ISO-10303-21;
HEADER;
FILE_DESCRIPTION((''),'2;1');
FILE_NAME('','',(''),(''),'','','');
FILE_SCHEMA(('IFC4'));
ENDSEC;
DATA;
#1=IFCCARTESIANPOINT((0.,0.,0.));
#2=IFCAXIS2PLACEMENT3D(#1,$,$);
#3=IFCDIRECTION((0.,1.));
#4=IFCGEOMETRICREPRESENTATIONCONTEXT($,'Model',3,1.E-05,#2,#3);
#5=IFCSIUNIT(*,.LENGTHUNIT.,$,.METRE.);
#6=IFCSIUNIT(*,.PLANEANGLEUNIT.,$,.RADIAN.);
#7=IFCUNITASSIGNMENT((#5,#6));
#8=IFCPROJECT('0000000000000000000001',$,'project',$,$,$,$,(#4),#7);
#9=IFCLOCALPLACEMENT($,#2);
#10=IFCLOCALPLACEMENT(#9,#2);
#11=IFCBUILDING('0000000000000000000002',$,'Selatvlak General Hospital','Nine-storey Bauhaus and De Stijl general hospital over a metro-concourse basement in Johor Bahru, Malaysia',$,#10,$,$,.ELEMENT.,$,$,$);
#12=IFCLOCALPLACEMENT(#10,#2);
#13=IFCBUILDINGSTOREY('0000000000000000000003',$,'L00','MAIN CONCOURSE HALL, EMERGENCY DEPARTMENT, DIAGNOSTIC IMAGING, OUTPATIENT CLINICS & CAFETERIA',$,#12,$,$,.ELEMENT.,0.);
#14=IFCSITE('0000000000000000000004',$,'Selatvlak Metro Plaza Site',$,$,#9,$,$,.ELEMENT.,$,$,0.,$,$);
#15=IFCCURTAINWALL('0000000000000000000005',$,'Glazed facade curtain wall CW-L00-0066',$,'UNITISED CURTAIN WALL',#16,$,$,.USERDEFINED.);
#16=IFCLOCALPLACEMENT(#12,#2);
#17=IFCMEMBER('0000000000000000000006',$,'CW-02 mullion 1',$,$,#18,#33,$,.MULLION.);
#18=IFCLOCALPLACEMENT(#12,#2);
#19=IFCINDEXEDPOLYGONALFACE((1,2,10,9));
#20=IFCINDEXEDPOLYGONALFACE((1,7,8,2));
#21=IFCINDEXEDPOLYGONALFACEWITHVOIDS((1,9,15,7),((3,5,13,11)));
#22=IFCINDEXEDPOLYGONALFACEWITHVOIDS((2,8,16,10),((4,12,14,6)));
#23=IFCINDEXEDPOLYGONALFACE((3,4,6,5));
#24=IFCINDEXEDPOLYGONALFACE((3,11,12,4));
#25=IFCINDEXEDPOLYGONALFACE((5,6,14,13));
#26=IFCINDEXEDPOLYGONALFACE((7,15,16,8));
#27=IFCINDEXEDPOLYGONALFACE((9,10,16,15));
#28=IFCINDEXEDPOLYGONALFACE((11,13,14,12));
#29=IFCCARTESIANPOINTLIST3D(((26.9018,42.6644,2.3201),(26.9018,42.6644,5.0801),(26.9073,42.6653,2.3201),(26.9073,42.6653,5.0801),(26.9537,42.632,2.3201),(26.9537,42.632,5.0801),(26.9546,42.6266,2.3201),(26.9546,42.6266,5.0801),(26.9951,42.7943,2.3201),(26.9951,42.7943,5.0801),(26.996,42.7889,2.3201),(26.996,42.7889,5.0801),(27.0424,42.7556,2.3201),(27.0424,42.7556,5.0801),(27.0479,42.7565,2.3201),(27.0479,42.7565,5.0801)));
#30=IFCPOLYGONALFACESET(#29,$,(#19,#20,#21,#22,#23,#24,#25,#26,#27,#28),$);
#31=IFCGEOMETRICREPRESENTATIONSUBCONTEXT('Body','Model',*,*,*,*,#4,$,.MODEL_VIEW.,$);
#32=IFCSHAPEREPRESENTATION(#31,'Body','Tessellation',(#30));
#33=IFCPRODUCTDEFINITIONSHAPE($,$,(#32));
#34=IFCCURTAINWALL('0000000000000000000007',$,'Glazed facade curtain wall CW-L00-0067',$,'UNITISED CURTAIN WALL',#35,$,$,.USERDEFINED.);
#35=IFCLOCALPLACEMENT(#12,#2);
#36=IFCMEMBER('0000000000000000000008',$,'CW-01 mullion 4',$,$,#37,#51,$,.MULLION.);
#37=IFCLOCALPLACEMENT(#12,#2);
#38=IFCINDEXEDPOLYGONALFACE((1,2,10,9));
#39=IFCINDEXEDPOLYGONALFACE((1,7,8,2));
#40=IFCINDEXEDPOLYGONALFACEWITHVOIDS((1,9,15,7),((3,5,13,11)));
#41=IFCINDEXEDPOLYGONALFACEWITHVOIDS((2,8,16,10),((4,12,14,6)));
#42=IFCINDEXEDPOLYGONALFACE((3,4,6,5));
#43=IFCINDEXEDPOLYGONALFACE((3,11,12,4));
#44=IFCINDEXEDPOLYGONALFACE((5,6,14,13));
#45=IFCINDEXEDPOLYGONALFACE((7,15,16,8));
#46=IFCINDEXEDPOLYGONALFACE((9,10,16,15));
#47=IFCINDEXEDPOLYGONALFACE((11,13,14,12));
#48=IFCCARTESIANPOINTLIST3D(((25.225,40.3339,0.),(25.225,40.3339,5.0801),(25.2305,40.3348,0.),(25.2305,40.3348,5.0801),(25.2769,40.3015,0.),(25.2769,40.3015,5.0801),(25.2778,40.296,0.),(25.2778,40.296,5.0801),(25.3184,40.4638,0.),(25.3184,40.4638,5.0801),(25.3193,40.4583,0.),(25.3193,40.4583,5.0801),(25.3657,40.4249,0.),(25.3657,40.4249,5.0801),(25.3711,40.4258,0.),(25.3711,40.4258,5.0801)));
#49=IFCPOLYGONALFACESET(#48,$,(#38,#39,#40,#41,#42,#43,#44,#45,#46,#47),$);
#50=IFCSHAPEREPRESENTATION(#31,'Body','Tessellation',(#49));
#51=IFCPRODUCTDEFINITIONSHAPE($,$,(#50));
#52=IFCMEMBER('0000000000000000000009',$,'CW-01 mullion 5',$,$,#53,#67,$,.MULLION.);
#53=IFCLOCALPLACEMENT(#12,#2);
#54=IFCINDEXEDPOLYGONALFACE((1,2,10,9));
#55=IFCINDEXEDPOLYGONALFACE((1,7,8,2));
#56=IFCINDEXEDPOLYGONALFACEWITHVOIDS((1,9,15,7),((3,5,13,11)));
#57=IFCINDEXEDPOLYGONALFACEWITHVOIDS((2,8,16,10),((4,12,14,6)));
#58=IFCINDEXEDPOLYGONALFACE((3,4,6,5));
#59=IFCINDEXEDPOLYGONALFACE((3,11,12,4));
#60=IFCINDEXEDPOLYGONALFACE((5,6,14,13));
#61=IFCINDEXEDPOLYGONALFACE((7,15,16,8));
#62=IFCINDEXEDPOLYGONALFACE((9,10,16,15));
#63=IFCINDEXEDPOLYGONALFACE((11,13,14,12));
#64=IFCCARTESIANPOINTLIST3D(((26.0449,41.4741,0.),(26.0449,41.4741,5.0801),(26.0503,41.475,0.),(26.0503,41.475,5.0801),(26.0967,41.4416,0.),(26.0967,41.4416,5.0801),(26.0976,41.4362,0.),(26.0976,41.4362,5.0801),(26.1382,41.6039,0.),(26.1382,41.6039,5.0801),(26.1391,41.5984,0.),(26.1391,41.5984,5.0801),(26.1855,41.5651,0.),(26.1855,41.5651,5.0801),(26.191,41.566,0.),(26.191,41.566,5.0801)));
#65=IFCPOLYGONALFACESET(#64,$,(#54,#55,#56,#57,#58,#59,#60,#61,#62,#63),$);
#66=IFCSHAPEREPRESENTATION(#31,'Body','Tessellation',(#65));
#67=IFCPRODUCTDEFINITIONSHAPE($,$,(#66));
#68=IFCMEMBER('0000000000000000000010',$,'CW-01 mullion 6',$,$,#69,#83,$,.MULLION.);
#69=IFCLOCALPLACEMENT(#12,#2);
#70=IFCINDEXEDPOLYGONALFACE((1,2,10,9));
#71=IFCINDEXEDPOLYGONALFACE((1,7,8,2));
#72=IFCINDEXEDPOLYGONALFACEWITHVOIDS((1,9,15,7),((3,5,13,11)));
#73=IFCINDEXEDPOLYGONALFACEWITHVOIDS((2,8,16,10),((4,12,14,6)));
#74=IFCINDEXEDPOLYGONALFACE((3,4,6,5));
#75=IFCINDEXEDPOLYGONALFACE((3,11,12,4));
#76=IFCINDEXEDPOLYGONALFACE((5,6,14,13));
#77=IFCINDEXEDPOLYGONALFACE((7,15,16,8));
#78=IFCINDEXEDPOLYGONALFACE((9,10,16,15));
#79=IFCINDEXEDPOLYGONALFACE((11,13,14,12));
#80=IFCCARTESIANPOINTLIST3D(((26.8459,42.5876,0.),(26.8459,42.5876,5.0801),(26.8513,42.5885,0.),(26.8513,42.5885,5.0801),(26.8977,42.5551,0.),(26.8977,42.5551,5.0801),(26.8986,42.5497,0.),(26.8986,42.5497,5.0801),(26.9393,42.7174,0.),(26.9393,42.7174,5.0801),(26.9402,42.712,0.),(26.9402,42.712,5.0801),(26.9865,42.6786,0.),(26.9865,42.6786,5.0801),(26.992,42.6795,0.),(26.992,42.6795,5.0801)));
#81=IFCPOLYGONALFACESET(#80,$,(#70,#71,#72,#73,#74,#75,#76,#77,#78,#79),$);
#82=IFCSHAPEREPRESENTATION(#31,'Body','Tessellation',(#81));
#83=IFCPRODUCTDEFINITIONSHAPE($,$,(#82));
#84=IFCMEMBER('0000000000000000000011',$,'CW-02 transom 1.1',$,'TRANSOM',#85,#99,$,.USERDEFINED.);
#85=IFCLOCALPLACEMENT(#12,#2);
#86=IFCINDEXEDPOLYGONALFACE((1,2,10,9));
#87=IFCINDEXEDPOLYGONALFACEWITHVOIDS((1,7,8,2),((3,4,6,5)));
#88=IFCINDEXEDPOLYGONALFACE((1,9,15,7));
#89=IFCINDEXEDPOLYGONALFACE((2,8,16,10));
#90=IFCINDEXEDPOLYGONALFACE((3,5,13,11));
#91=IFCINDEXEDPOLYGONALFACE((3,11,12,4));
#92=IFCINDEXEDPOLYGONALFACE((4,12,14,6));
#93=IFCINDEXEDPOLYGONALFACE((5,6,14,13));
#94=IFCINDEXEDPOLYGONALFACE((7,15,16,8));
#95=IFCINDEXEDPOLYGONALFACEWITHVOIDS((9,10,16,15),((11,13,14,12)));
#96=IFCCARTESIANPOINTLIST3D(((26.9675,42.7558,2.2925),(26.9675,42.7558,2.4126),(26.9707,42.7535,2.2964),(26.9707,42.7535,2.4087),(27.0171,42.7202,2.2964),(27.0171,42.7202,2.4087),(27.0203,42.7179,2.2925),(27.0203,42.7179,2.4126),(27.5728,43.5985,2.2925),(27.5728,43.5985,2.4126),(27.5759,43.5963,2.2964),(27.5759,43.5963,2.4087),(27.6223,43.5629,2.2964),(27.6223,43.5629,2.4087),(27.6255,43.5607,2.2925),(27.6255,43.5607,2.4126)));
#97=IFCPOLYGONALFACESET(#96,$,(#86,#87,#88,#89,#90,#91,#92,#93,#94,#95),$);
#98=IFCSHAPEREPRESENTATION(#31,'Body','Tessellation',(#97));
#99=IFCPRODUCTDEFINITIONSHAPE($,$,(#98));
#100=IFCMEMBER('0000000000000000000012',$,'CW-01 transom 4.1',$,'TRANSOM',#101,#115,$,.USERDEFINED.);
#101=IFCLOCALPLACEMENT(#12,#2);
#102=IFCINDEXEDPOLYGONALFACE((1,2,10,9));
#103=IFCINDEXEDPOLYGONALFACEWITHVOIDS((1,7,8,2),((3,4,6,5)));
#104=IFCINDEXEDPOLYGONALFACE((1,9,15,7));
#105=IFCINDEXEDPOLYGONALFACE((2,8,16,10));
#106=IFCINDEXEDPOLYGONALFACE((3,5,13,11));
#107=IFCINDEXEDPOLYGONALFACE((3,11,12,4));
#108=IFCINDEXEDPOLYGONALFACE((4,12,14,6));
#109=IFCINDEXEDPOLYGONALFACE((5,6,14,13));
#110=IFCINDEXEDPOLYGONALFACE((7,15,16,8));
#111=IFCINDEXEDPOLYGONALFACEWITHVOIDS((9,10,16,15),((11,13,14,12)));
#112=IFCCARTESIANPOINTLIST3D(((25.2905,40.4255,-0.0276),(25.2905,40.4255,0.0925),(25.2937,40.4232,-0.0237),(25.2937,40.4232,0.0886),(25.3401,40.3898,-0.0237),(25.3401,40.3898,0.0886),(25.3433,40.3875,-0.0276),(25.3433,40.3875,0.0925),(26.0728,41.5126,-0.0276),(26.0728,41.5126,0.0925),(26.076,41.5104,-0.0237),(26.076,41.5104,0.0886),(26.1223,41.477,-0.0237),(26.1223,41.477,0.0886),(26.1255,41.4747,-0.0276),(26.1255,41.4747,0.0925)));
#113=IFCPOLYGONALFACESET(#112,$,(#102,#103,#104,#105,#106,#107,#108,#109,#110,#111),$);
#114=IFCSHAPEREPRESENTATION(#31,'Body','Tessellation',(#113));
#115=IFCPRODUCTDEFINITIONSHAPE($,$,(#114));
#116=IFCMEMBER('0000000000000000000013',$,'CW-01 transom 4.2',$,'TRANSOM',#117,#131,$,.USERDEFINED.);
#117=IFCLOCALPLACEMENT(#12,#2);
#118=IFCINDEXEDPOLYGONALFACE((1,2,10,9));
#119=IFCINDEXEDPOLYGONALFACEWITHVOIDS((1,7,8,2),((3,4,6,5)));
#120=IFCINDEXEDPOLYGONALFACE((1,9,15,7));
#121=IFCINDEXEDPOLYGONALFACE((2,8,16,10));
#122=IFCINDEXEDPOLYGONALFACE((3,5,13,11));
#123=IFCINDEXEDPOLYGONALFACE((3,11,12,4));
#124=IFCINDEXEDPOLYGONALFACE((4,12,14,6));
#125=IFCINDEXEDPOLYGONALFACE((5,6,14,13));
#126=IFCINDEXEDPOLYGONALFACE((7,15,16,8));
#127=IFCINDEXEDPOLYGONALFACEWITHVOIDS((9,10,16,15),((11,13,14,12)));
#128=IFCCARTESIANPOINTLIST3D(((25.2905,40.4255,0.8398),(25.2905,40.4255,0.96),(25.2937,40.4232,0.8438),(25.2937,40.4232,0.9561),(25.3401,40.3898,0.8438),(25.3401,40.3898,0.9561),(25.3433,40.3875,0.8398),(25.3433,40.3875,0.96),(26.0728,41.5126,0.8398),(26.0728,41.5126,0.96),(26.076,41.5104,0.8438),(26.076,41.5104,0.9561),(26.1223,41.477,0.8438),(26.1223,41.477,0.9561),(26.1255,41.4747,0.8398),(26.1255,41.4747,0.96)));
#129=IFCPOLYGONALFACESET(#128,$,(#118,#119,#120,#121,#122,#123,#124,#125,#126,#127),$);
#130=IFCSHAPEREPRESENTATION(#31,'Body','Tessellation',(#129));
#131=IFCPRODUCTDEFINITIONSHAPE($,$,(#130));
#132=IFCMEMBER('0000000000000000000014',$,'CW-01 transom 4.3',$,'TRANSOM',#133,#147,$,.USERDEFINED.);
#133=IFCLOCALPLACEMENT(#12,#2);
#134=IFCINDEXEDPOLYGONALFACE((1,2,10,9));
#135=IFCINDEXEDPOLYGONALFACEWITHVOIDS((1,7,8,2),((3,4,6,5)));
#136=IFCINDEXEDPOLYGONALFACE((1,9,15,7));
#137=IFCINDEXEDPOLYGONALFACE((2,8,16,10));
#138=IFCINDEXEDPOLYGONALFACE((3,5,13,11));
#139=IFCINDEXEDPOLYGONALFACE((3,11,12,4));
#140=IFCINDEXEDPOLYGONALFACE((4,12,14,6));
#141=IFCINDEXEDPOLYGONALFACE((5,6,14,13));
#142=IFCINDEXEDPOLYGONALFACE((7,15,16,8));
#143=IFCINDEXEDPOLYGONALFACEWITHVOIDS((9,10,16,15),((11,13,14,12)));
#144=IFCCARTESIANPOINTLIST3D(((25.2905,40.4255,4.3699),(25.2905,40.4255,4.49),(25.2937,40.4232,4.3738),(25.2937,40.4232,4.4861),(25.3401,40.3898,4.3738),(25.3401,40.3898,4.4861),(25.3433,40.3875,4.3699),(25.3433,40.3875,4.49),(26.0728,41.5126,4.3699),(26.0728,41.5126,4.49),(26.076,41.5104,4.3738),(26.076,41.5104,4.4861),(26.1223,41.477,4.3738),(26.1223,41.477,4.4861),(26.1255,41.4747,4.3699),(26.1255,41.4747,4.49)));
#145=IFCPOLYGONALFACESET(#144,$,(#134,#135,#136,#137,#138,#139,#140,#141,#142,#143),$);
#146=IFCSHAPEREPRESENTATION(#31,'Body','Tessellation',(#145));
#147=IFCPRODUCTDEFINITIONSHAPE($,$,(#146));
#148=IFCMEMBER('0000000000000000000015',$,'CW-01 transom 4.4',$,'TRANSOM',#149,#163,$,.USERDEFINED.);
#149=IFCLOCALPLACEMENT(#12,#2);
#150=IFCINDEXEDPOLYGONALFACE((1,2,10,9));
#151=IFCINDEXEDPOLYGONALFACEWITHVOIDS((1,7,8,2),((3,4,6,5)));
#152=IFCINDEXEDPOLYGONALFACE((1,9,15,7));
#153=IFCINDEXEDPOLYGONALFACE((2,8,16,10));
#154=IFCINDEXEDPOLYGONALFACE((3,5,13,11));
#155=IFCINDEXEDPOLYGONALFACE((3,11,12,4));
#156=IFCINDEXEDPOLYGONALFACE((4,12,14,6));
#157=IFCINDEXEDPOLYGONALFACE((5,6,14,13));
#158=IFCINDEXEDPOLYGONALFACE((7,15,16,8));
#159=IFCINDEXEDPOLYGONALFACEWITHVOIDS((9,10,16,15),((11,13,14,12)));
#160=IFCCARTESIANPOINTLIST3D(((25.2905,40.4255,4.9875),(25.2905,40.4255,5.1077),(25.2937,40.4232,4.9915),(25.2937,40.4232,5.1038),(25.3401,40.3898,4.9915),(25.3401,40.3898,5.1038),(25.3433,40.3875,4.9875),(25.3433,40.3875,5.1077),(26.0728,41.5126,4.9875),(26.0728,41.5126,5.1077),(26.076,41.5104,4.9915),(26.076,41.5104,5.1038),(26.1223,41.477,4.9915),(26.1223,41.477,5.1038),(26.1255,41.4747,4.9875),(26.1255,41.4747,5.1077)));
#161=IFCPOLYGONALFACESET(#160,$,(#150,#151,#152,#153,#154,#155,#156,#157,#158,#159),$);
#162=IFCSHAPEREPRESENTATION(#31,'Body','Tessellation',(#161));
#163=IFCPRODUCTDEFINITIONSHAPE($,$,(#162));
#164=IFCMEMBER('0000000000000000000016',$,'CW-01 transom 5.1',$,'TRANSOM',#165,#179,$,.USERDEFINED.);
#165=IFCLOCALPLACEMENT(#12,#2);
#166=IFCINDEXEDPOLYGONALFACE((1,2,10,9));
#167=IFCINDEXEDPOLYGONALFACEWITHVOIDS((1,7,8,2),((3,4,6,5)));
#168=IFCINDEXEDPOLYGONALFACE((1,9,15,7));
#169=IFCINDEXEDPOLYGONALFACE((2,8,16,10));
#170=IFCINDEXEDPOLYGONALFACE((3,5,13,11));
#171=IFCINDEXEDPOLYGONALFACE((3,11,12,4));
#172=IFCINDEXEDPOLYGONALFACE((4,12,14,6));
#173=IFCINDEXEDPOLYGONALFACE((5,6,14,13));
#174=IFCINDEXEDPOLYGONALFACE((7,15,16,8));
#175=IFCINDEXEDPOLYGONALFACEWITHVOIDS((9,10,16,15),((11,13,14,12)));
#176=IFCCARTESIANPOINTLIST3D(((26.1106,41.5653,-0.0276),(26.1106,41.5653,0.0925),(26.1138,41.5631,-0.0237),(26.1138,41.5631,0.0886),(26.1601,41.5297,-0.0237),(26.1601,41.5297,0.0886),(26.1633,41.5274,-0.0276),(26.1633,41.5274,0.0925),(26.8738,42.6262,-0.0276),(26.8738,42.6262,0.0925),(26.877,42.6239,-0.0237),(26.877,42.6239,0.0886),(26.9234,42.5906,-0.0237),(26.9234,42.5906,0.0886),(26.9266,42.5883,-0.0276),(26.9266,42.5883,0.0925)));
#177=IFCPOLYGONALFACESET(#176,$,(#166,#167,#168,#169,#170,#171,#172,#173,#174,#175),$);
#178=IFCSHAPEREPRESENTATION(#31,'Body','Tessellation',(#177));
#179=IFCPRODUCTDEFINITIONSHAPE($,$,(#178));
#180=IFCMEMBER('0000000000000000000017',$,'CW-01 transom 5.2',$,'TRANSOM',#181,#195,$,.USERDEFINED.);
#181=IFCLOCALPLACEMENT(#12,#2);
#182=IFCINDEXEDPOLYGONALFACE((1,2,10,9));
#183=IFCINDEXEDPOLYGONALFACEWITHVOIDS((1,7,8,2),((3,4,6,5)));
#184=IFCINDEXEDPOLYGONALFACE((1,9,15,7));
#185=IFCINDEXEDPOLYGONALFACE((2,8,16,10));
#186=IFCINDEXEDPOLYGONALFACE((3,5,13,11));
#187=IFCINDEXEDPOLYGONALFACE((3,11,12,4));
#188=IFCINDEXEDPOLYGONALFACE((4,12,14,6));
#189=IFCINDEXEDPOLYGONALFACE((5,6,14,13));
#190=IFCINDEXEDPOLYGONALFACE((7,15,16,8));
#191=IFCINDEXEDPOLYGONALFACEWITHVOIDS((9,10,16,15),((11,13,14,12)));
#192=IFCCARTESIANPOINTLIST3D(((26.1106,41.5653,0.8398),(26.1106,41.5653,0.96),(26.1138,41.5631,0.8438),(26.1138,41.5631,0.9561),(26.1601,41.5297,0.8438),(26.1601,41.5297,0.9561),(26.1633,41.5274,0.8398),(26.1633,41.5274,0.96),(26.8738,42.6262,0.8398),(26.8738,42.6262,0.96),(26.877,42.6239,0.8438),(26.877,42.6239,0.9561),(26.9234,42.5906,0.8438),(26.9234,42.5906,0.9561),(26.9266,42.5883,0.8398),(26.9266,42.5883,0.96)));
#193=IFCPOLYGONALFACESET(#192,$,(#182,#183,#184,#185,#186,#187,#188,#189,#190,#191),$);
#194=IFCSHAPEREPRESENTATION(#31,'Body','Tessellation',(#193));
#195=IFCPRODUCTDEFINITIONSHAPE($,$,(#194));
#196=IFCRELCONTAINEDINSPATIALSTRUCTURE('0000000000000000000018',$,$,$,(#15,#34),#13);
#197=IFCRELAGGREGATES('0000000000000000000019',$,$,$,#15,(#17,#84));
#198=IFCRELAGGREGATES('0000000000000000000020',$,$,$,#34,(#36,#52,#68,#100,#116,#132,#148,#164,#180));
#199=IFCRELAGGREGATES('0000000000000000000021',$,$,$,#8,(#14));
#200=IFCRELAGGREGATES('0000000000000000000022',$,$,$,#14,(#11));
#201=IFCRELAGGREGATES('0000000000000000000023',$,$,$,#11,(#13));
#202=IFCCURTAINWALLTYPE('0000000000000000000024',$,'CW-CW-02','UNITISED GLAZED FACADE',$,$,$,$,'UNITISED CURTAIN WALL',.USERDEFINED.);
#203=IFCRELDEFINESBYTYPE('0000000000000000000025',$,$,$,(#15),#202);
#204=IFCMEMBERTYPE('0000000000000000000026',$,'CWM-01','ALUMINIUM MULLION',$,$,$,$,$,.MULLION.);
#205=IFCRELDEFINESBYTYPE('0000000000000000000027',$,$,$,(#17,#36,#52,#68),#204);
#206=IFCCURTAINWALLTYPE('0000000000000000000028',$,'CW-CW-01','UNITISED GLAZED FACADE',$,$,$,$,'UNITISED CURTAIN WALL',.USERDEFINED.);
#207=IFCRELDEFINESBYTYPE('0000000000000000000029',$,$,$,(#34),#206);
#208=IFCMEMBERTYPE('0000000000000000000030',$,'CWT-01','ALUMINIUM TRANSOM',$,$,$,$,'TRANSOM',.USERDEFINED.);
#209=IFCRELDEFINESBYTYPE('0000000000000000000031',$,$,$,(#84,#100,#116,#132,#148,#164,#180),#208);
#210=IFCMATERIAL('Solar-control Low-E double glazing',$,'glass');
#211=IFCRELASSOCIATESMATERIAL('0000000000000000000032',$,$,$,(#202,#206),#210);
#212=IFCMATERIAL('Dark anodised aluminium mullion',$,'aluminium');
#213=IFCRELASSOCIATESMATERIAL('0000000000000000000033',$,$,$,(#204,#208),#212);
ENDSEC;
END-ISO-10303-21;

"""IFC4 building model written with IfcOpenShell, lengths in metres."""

from ifc_helpers import new_model, si_unit, direction, frame, origin, origin_2d, place, context, subcontext, project, spatial, hollow_rectangle, extrude, material, material_profile, profile_set, type_object, element, aggregate, save


model = new_model("IFC4")

# Units and contexts
model_context = context("Model", 3, precision=1e-05, world=origin(), true_north=direction((0.0, 1.0)))
body_context = subcontext(model_context, "Body", "Model", "MODEL_VIEW")
ifc_project = project(units=[si_unit("LENGTHUNIT", "METRE"), si_unit("PLANEANGLEUNIT", "RADIAN")], contexts=[model_context])

# Site, building, storey
site_placement = place(None, origin())
site = spatial("IfcSite", under=ifc_project, at=site_placement, Name="Selatvlak Metro Plaza Site", CompositionType="ELEMENT", RefElevation=0.0)
building_placement = place(site_placement, origin())
building = spatial("IfcBuilding", under=site, at=building_placement, Name="Selatvlak General Hospital", Description="Nine-storey Bauhaus and De Stijl general hospital over a metro-concourse basement in Johor Bahru, Malaysia", CompositionType="ELEMENT")
storey_placement = place(building_placement, origin())
storey = spatial("IfcBuildingStorey", under=building, at=storey_placement, Name="L00", Description="MAIN CONCOURSE HALL, EMERGENCY DEPARTMENT, DIAGNOSTIC IMAGING, OUTPATIENT CLINICS & CAFETERIA", CompositionType="ELEMENT", Elevation=0.0)

# Curtain wall, member
ifc_material_1 = material(Name="Solar-control Low-E double glazing", Category="glass")
curtain_wall_type_1 = type_object("IfcCurtainWallType", Name="CW-CW-02", Description="UNITISED GLAZED FACADE", ElementType="UNITISED CURTAIN WALL", PredefinedType="USERDEFINED", material=ifc_material_1)
curtain_wall_1_placement = place(storey_placement, origin())
curtain_wall_1 = element("IfcCurtainWall", 1, at=curtain_wall_1_placement, inside=storey, type_object=curtain_wall_type_1, Name="Glazed facade curtain wall CW-L00-0066", ObjectType="UNITISED CURTAIN WALL", PredefinedType="USERDEFINED")
ifc_material_2 = material(Name="Dark anodised aluminium mullion", Category="aluminium")
ifc_material_profile_1 = material_profile(ifc_material_2, hollow_rectangle(XDim=0.0649, YDim=0.1599, WallThickness=0.0039, at=origin_2d()), Name="AL-MUL 65x160x4")
ifc_profile_set_1 = profile_set([ifc_material_profile_1], Name="Dark anodised aluminium mullion")
member_type_1 = type_object("IfcMemberType", Name="CWM-01", Description="ALUMINIUM MULLION", PredefinedType="MULLION", material=ifc_profile_set_1)
member_1_placement = place(storey_placement, frame((26.9749, 42.7104, 2.3201), z_axis=(0.0, 0.0, 1.0), x_axis=(-0.812302, 0.583237, 0.0)))
member_1 = element("IfcMember", 2, at=member_1_placement, type_object=member_type_1, Name="CW-02 mullion 1", PredefinedType="MULLION", context=body_context, shape_type="SweptSolid", body=[
    extrude(hollow_rectangle(XDim=0.0649, YDim=0.1599, WallThickness=0.0039, at=origin_2d()), origin(), (0.0, 0.0, 1.0), 2.76),
])

# Curtain wall, members
curtain_wall_type_2 = type_object("IfcCurtainWallType", Name="CW-CW-01", Description="UNITISED GLAZED FACADE", ElementType="UNITISED CURTAIN WALL", PredefinedType="USERDEFINED", material=ifc_material_1)
curtain_wall_2_placement = place(storey_placement, origin())
curtain_wall_2 = element("IfcCurtainWall", 3, at=curtain_wall_2_placement, inside=storey, type_object=curtain_wall_type_2, Name="Glazed facade curtain wall CW-L00-0067", ObjectType="UNITISED CURTAIN WALL", PredefinedType="USERDEFINED")
member_2_placement = place(storey_placement, frame((25.2981, 40.3799, 0.0), z_axis=(0.0, 0.0, 1.0), x_axis=(-0.811804, 0.583929, 0.0)))
member_2 = element("IfcMember", 4, at=member_2_placement, type_object=member_type_1, Name="CW-01 mullion 4", PredefinedType="MULLION", context=body_context, shape_type="SweptSolid", body=[
    extrude(hollow_rectangle(XDim=0.0649, YDim=0.1599, WallThickness=0.0039, at=origin_2d()), origin(), (0.0, 0.0, 1.0), 5.0801),
])
member_3_placement = place(storey_placement, frame((26.1179, 41.52, 0.0), z_axis=(0.0, 0.0, 1.0), x_axis=(-0.811804, 0.583929, 0.0)))
member_3 = element("IfcMember", 5, at=member_3_placement, type_object=member_type_1, Name="CW-01 mullion 5", PredefinedType="MULLION", context=body_context, shape_type="SweptSolid", body=[
    extrude(hollow_rectangle(XDim=0.0649, YDim=0.1599, WallThickness=0.0039, at=origin_2d()), origin(), (0.0, 0.0, 1.0), 5.0801),
])
member_4_placement = place(storey_placement, frame((26.9189, 42.6335, 0.0), z_axis=(0.0, 0.0, 1.0), x_axis=(-0.811804, 0.583929, 0.0)))
member_4 = element("IfcMember", 6, at=member_4_placement, type_object=member_type_1, Name="CW-01 mullion 6", PredefinedType="MULLION", context=body_context, shape_type="SweptSolid", body=[
    extrude(hollow_rectangle(XDim=0.0649, YDim=0.1599, WallThickness=0.0039, at=origin_2d()), origin(), (0.0, 0.0, 1.0), 5.0801),
])

# Members
ifc_material_profile_2 = material_profile(ifc_material_2, hollow_rectangle(XDim=0.0649, YDim=0.1201, WallThickness=0.0039, at=origin_2d()), Name="AL-TRN 65x120x4")
ifc_profile_set_2 = profile_set([ifc_material_profile_2], Name="Dark anodised aluminium mullion")
member_type_2 = type_object("IfcMemberType", Name="CWT-01", Description="ALUMINIUM TRANSOM", ElementType="TRANSOM", PredefinedType="USERDEFINED", material=ifc_profile_set_2)
member_5_placement = place(storey_placement, frame((26.9939, 42.7368, 2.3525), z_axis=(0.583306, 0.812252, 0.0), x_axis=(-0.812252, 0.583306, 0.0)))
member_5 = element("IfcMember", 7, at=member_5_placement, type_object=member_type_2, Name="CW-02 transom 1.1", ObjectType="TRANSOM", PredefinedType="USERDEFINED", context=body_context, shape_type="SweptSolid", body=[
    extrude(hollow_rectangle(XDim=0.0649, YDim=0.1201, WallThickness=0.0039, at=origin_2d()), origin(), (0.0, 0.0, 1.0), 1.0376),
])
aggregate(curtain_wall_1, [member_1, member_5])
member_6_placement = place(storey_placement, frame((25.3169, 40.4065, 0.0325), z_axis=(0.584045, 0.811721, 0.0), x_axis=(-0.811721, 0.584045, 0.0)))
member_6 = element("IfcMember", 8, at=member_6_placement, type_object=member_type_2, Name="CW-01 transom 4.1", ObjectType="TRANSOM", PredefinedType="USERDEFINED", context=body_context, shape_type="SweptSolid", body=[
    extrude(hollow_rectangle(XDim=0.0649, YDim=0.1201, WallThickness=0.0039, at=origin_2d()), origin(), (0.0, 0.0, 1.0), 1.3394),
])
member_7_placement = place(storey_placement, frame((25.3169, 40.4065, 0.8999), z_axis=(0.584045, 0.811721, 0.0), x_axis=(-0.811721, 0.584045, 0.0)))
member_7 = element("IfcMember", 9, at=member_7_placement, type_object=member_type_2, Name="CW-01 transom 4.2", ObjectType="TRANSOM", PredefinedType="USERDEFINED", context=body_context, shape_type="SweptSolid", body=[
    extrude(hollow_rectangle(XDim=0.0649, YDim=0.1201, WallThickness=0.0039, at=origin_2d()), origin(), (0.0, 0.0, 1.0), 1.3394),
])
member_8_placement = place(storey_placement, frame((25.3169, 40.4065, 4.4299), z_axis=(0.584045, 0.811721, 0.0), x_axis=(-0.811721, 0.584045, 0.0)))
member_8 = element("IfcMember", 10, at=member_8_placement, type_object=member_type_2, Name="CW-01 transom 4.3", ObjectType="TRANSOM", PredefinedType="USERDEFINED", context=body_context, shape_type="SweptSolid", body=[
    extrude(hollow_rectangle(XDim=0.0649, YDim=0.1201, WallThickness=0.0039, at=origin_2d()), origin(), (0.0, 0.0, 1.0), 1.3394),
])
member_9_placement = place(storey_placement, frame((25.3169, 40.4065, 5.0476), z_axis=(0.584045, 0.811721, 0.0), x_axis=(-0.811721, 0.584045, 0.0)))
member_9 = element("IfcMember", 11, at=member_9_placement, type_object=member_type_2, Name="CW-01 transom 4.4", ObjectType="TRANSOM", PredefinedType="USERDEFINED", context=body_context, shape_type="SweptSolid", body=[
    extrude(hollow_rectangle(XDim=0.0649, YDim=0.1201, WallThickness=0.0039, at=origin_2d()), origin(), (0.0, 0.0, 1.0), 1.3394),
])
member_10_placement = place(storey_placement, frame((26.137, 41.5464, 0.0325), z_axis=(0.584009, 0.811747, 0.0), x_axis=(-0.811747, 0.584009, 0.0)))
member_10 = element("IfcMember", 12, at=member_10_placement, type_object=member_type_2, Name="CW-01 transom 5.1", ObjectType="TRANSOM", PredefinedType="USERDEFINED", context=body_context, shape_type="SweptSolid", body=[
    extrude(hollow_rectangle(XDim=0.0649, YDim=0.1201, WallThickness=0.0039, at=origin_2d()), origin(), (0.0, 0.0, 1.0), 1.3069),
])
member_11_placement = place(storey_placement, frame((26.137, 41.5464, 0.8999), z_axis=(0.584009, 0.811747, 0.0), x_axis=(-0.811747, 0.584009, 0.0)))
member_11 = element("IfcMember", 13, at=member_11_placement, type_object=member_type_2, Name="CW-01 transom 5.2", ObjectType="TRANSOM", PredefinedType="USERDEFINED", context=body_context, shape_type="SweptSolid", body=[
    extrude(hollow_rectangle(XDim=0.0649, YDim=0.1201, WallThickness=0.0039, at=origin_2d()), origin(), (0.0, 0.0, 1.0), 1.3069),
])

aggregate(curtain_wall_2, [member_2, member_3, member_4, member_6, member_7, member_8, member_9, member_10, member_11])

save(model, "model.ifc")
